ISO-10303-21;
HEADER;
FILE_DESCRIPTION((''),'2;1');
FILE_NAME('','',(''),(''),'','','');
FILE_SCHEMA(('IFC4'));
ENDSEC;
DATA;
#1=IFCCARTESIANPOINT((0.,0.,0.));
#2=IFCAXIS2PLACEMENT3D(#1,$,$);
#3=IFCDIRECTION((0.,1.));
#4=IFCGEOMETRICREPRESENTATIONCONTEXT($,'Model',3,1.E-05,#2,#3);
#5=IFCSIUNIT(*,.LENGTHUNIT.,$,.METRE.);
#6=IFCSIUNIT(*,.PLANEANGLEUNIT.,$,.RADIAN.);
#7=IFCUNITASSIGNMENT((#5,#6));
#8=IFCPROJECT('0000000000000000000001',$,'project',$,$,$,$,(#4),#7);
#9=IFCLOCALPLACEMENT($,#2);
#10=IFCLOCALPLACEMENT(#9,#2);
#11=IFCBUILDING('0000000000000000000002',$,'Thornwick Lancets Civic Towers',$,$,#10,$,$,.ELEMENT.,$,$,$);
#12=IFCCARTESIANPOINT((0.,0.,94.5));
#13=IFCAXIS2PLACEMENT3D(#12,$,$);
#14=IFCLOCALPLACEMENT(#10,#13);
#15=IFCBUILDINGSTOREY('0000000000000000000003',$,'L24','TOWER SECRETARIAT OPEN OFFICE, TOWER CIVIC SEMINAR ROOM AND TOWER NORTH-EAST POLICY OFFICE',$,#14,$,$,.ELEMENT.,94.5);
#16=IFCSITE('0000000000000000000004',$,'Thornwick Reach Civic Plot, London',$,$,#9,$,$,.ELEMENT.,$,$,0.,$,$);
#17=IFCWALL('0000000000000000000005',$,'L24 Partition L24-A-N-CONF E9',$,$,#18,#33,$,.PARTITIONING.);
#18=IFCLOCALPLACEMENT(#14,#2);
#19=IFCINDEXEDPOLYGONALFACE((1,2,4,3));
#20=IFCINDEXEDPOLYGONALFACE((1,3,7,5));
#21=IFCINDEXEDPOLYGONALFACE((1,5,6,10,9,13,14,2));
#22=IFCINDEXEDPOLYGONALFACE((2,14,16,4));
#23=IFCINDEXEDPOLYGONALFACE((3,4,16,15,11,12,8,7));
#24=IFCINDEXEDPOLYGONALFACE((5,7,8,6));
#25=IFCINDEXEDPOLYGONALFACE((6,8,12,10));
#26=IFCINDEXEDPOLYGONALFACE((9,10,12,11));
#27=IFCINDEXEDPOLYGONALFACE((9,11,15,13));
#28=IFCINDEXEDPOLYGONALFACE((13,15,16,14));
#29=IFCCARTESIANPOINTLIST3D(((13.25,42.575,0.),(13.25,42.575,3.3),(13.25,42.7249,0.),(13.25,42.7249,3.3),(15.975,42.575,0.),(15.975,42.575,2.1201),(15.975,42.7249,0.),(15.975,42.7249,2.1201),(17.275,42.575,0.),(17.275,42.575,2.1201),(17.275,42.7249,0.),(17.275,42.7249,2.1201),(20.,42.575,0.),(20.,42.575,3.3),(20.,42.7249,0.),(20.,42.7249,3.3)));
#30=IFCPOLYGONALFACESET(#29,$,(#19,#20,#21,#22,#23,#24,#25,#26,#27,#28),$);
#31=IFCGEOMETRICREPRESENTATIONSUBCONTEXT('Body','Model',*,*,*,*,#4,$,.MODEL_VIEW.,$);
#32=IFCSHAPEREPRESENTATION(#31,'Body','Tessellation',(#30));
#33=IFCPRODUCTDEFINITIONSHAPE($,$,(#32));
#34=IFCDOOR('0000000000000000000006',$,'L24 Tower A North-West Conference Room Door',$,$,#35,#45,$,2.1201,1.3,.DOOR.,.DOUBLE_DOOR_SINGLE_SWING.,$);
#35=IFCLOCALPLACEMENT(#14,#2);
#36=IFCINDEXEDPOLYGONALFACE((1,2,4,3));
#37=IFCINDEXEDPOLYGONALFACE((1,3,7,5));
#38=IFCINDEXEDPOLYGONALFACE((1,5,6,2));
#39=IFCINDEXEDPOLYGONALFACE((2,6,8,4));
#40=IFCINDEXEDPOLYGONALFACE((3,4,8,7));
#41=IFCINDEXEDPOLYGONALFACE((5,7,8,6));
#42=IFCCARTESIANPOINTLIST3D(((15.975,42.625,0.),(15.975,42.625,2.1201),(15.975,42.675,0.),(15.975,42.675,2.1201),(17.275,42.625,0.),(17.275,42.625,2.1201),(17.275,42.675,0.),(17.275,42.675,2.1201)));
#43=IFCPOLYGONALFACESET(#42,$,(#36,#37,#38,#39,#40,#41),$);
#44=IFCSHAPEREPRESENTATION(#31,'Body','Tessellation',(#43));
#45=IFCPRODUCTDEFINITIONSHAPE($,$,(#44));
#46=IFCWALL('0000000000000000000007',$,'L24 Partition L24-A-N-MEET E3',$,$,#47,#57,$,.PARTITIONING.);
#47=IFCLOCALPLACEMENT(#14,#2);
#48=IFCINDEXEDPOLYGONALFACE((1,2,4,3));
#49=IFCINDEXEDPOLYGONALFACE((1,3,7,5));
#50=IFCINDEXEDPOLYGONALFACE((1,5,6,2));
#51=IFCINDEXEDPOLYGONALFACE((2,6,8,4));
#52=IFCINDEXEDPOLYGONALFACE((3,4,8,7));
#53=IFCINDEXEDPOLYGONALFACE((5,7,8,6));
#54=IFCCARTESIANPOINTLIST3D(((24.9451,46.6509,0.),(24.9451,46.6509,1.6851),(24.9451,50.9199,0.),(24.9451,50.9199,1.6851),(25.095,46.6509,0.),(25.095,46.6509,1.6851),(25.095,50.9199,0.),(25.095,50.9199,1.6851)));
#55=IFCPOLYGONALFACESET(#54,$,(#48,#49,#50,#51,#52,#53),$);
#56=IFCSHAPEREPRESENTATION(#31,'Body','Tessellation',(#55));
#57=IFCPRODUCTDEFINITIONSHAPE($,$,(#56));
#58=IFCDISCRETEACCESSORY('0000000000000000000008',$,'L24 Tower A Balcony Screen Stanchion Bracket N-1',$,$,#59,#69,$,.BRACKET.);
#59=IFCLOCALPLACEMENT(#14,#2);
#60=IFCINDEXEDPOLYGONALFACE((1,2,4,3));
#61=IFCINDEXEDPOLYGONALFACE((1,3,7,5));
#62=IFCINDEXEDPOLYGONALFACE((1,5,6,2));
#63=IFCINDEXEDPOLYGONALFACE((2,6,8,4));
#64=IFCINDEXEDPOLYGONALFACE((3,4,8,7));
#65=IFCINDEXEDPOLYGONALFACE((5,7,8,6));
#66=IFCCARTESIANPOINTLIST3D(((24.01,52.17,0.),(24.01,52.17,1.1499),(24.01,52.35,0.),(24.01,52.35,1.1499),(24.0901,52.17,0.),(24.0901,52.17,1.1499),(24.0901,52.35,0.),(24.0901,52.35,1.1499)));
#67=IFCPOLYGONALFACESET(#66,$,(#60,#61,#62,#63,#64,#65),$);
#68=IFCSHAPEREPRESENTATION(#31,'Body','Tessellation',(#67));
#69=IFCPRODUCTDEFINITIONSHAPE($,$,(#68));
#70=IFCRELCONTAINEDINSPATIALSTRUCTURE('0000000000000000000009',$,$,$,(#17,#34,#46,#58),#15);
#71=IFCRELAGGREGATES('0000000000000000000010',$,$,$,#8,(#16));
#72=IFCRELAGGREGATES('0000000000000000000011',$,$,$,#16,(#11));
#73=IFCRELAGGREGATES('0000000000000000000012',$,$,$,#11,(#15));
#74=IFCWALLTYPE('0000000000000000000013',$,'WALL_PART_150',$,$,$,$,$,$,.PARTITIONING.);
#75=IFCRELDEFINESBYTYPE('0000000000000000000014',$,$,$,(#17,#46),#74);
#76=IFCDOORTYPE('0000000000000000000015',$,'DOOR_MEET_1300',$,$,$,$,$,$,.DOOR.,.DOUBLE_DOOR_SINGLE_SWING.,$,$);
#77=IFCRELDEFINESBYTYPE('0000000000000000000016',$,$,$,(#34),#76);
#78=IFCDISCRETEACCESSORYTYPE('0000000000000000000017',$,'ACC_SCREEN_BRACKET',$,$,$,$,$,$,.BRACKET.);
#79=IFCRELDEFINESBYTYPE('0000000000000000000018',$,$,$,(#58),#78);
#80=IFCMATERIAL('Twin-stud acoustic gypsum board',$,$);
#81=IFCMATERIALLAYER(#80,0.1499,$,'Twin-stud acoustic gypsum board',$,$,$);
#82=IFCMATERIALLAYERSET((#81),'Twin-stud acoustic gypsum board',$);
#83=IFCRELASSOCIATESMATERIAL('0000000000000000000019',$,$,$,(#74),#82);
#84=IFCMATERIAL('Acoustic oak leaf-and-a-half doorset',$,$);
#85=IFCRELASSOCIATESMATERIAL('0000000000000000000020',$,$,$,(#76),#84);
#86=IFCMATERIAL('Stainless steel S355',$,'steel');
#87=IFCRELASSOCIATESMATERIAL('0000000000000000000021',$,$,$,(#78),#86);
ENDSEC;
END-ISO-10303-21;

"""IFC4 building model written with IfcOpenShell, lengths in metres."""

from ifc_helpers import new_model, si_unit, direction, frame, frame_2d, origin, origin_2d, place, context, subcontext, project, spatial, rectangle, extrude, material, layer, layer_set, type_object, element, fill, save


model = new_model("IFC4")

# Units and contexts
model_context = context("Model", 3, precision=1e-05, world=origin(), true_north=direction((0.0, 1.0)))
body_context = subcontext(model_context, "Body", "Model", "MODEL_VIEW")
ifc_project = project(units=[si_unit("LENGTHUNIT", "METRE"), si_unit("PLANEANGLEUNIT", "RADIAN")], contexts=[model_context])

# Site, building, storey
site_placement = place(None, origin())
site = spatial("IfcSite", under=ifc_project, at=site_placement, Name="Thornwick Reach Civic Plot, London", CompositionType="ELEMENT", RefElevation=0.0)
building_placement = place(site_placement, origin())
building = spatial("IfcBuilding", under=site, at=building_placement, Name="Thornwick Lancets Civic Towers", CompositionType="ELEMENT")
storey_placement = place(building_placement, frame((0.0, 0.0, 94.5)))
storey = spatial("IfcBuildingStorey", under=building, at=storey_placement, Name="L24", Description="TOWER SECRETARIAT OPEN OFFICE, TOWER CIVIC SEMINAR ROOM AND TOWER NORTH-EAST POLICY OFFICE", CompositionType="ELEMENT", Elevation=94.5)

# Shared definitions
ifc_material_1 = material(Name="Twin-stud acoustic gypsum board")
ifc_layer_1 = layer(ifc_material_1, 0.1499, Name="Twin-stud acoustic gypsum board")
ifc_layer_set_1 = layer_set([ifc_layer_1], Name="Twin-stud acoustic gypsum board")
wall_type_1 = type_object("IfcWallType", Name="WALL_PART_150", PredefinedType="PARTITIONING", material=ifc_layer_set_1)

# Wall, opening, door
wall_1_placement = place(storey_placement, frame((20.0, 42.6499, 0.0), z_axis=(0.0, 0.0, 1.0), x_axis=(-1.0, 0.0, 0.0)))
wall_1 = element("IfcWall", 1, at=wall_1_placement, inside=storey, type_object=wall_type_1, Name="L24 Partition L24-A-N-CONF E9", PredefinedType="PARTITIONING", context=body_context, shape_type="SweptSolid", body=[
    extrude(rectangle(XDim=6.75, YDim=0.1499, at=frame_2d((3.375, 0.0))), origin(), (0.0, 0.0, 1.0), 3.3),
])
opening_placement = place(wall_1_placement, frame((2.7251, 0.0, 0.0)))
opening = element("IfcOpeningElement", 2, at=opening_placement, cuts=wall_1, PredefinedType="OPENING", context=body_context, shape_type="SweptSolid", body=[
    extrude(rectangle(XDim=1.3, YDim=2.1201, at=frame_2d((0.6499, 1.0601))), frame((0.0, 0.085, 0.0), z_axis=(0.0, -1.0, 0.0), x_axis=(1.0, 0.0, 0.0)), (0.0, 0.0, 1.0), 0.1699),
])
ifc_material_2 = material(Name="Acoustic oak leaf-and-a-half doorset")
door_type = type_object("IfcDoorType", Name="DOOR_MEET_1300", OperationType="DOUBLE_DOOR_SINGLE_SWING", PredefinedType="DOOR", material=ifc_material_2)
door_placement = place(opening_placement, origin())
door = element("IfcDoor", 3, at=door_placement, inside=storey, type_object=door_type, Name="L24 Tower A North-West Conference Room Door", OperationType="DOUBLE_DOOR_SINGLE_SWING", OverallHeight=2.1201, OverallWidth=1.3, PredefinedType="DOOR", context=body_context, shape_type="SweptSolid", body=[
    extrude(rectangle(XDim=1.3, YDim=2.1201, at=frame_2d((0.6499, 1.0601))), frame((0.0, 0.0249, 0.0), z_axis=(0.0, -1.0, 0.0), x_axis=(1.0, 0.0, 0.0)), (0.0, 0.0, 1.0), 0.05),
])
fill(opening, door)

# Wall
wall_2_placement = place(storey_placement, frame((25.02, 50.9199, 0.0), z_axis=(0.0, 0.0, 1.0), x_axis=(0.0, -1.0, 0.0)))
element("IfcWall", 4, at=wall_2_placement, inside=storey, type_object=wall_type_1, Name="L24 Partition L24-A-N-MEET E3", PredefinedType="PARTITIONING", context=body_context, shape_type="SweptSolid", body=[
    extrude(rectangle(XDim=4.269, YDim=0.1499, at=frame_2d((2.1345, 0.0))), origin(), (0.0, 0.0, 1.0), 1.6851),
])

# Discrete accessory
ifc_material_3 = material(Name="Stainless steel S355", Category="steel")
discrete_accessory_type = type_object("IfcDiscreteAccessoryType", Name="ACC_SCREEN_BRACKET", PredefinedType="BRACKET", material=ifc_material_3)
discrete_accessory_placement = place(storey_placement, frame((24.05, 52.26, 0.0), z_axis=(0.0, 0.0, 1.0), x_axis=(1.0, 0.0, 0.0)))
element("IfcDiscreteAccessory", 5, at=discrete_accessory_placement, inside=storey, type_object=discrete_accessory_type, Name="L24 Tower A Balcony Screen Stanchion Bracket N-1", PredefinedType="BRACKET", context=body_context, shape_type="SweptSolid", body=[
    extrude(rectangle(XDim=0.0801, YDim=0.1799, at=origin_2d()), origin(), (0.0, 0.0, 1.0), 1.1499),
])

save(model, "model.ifc")
